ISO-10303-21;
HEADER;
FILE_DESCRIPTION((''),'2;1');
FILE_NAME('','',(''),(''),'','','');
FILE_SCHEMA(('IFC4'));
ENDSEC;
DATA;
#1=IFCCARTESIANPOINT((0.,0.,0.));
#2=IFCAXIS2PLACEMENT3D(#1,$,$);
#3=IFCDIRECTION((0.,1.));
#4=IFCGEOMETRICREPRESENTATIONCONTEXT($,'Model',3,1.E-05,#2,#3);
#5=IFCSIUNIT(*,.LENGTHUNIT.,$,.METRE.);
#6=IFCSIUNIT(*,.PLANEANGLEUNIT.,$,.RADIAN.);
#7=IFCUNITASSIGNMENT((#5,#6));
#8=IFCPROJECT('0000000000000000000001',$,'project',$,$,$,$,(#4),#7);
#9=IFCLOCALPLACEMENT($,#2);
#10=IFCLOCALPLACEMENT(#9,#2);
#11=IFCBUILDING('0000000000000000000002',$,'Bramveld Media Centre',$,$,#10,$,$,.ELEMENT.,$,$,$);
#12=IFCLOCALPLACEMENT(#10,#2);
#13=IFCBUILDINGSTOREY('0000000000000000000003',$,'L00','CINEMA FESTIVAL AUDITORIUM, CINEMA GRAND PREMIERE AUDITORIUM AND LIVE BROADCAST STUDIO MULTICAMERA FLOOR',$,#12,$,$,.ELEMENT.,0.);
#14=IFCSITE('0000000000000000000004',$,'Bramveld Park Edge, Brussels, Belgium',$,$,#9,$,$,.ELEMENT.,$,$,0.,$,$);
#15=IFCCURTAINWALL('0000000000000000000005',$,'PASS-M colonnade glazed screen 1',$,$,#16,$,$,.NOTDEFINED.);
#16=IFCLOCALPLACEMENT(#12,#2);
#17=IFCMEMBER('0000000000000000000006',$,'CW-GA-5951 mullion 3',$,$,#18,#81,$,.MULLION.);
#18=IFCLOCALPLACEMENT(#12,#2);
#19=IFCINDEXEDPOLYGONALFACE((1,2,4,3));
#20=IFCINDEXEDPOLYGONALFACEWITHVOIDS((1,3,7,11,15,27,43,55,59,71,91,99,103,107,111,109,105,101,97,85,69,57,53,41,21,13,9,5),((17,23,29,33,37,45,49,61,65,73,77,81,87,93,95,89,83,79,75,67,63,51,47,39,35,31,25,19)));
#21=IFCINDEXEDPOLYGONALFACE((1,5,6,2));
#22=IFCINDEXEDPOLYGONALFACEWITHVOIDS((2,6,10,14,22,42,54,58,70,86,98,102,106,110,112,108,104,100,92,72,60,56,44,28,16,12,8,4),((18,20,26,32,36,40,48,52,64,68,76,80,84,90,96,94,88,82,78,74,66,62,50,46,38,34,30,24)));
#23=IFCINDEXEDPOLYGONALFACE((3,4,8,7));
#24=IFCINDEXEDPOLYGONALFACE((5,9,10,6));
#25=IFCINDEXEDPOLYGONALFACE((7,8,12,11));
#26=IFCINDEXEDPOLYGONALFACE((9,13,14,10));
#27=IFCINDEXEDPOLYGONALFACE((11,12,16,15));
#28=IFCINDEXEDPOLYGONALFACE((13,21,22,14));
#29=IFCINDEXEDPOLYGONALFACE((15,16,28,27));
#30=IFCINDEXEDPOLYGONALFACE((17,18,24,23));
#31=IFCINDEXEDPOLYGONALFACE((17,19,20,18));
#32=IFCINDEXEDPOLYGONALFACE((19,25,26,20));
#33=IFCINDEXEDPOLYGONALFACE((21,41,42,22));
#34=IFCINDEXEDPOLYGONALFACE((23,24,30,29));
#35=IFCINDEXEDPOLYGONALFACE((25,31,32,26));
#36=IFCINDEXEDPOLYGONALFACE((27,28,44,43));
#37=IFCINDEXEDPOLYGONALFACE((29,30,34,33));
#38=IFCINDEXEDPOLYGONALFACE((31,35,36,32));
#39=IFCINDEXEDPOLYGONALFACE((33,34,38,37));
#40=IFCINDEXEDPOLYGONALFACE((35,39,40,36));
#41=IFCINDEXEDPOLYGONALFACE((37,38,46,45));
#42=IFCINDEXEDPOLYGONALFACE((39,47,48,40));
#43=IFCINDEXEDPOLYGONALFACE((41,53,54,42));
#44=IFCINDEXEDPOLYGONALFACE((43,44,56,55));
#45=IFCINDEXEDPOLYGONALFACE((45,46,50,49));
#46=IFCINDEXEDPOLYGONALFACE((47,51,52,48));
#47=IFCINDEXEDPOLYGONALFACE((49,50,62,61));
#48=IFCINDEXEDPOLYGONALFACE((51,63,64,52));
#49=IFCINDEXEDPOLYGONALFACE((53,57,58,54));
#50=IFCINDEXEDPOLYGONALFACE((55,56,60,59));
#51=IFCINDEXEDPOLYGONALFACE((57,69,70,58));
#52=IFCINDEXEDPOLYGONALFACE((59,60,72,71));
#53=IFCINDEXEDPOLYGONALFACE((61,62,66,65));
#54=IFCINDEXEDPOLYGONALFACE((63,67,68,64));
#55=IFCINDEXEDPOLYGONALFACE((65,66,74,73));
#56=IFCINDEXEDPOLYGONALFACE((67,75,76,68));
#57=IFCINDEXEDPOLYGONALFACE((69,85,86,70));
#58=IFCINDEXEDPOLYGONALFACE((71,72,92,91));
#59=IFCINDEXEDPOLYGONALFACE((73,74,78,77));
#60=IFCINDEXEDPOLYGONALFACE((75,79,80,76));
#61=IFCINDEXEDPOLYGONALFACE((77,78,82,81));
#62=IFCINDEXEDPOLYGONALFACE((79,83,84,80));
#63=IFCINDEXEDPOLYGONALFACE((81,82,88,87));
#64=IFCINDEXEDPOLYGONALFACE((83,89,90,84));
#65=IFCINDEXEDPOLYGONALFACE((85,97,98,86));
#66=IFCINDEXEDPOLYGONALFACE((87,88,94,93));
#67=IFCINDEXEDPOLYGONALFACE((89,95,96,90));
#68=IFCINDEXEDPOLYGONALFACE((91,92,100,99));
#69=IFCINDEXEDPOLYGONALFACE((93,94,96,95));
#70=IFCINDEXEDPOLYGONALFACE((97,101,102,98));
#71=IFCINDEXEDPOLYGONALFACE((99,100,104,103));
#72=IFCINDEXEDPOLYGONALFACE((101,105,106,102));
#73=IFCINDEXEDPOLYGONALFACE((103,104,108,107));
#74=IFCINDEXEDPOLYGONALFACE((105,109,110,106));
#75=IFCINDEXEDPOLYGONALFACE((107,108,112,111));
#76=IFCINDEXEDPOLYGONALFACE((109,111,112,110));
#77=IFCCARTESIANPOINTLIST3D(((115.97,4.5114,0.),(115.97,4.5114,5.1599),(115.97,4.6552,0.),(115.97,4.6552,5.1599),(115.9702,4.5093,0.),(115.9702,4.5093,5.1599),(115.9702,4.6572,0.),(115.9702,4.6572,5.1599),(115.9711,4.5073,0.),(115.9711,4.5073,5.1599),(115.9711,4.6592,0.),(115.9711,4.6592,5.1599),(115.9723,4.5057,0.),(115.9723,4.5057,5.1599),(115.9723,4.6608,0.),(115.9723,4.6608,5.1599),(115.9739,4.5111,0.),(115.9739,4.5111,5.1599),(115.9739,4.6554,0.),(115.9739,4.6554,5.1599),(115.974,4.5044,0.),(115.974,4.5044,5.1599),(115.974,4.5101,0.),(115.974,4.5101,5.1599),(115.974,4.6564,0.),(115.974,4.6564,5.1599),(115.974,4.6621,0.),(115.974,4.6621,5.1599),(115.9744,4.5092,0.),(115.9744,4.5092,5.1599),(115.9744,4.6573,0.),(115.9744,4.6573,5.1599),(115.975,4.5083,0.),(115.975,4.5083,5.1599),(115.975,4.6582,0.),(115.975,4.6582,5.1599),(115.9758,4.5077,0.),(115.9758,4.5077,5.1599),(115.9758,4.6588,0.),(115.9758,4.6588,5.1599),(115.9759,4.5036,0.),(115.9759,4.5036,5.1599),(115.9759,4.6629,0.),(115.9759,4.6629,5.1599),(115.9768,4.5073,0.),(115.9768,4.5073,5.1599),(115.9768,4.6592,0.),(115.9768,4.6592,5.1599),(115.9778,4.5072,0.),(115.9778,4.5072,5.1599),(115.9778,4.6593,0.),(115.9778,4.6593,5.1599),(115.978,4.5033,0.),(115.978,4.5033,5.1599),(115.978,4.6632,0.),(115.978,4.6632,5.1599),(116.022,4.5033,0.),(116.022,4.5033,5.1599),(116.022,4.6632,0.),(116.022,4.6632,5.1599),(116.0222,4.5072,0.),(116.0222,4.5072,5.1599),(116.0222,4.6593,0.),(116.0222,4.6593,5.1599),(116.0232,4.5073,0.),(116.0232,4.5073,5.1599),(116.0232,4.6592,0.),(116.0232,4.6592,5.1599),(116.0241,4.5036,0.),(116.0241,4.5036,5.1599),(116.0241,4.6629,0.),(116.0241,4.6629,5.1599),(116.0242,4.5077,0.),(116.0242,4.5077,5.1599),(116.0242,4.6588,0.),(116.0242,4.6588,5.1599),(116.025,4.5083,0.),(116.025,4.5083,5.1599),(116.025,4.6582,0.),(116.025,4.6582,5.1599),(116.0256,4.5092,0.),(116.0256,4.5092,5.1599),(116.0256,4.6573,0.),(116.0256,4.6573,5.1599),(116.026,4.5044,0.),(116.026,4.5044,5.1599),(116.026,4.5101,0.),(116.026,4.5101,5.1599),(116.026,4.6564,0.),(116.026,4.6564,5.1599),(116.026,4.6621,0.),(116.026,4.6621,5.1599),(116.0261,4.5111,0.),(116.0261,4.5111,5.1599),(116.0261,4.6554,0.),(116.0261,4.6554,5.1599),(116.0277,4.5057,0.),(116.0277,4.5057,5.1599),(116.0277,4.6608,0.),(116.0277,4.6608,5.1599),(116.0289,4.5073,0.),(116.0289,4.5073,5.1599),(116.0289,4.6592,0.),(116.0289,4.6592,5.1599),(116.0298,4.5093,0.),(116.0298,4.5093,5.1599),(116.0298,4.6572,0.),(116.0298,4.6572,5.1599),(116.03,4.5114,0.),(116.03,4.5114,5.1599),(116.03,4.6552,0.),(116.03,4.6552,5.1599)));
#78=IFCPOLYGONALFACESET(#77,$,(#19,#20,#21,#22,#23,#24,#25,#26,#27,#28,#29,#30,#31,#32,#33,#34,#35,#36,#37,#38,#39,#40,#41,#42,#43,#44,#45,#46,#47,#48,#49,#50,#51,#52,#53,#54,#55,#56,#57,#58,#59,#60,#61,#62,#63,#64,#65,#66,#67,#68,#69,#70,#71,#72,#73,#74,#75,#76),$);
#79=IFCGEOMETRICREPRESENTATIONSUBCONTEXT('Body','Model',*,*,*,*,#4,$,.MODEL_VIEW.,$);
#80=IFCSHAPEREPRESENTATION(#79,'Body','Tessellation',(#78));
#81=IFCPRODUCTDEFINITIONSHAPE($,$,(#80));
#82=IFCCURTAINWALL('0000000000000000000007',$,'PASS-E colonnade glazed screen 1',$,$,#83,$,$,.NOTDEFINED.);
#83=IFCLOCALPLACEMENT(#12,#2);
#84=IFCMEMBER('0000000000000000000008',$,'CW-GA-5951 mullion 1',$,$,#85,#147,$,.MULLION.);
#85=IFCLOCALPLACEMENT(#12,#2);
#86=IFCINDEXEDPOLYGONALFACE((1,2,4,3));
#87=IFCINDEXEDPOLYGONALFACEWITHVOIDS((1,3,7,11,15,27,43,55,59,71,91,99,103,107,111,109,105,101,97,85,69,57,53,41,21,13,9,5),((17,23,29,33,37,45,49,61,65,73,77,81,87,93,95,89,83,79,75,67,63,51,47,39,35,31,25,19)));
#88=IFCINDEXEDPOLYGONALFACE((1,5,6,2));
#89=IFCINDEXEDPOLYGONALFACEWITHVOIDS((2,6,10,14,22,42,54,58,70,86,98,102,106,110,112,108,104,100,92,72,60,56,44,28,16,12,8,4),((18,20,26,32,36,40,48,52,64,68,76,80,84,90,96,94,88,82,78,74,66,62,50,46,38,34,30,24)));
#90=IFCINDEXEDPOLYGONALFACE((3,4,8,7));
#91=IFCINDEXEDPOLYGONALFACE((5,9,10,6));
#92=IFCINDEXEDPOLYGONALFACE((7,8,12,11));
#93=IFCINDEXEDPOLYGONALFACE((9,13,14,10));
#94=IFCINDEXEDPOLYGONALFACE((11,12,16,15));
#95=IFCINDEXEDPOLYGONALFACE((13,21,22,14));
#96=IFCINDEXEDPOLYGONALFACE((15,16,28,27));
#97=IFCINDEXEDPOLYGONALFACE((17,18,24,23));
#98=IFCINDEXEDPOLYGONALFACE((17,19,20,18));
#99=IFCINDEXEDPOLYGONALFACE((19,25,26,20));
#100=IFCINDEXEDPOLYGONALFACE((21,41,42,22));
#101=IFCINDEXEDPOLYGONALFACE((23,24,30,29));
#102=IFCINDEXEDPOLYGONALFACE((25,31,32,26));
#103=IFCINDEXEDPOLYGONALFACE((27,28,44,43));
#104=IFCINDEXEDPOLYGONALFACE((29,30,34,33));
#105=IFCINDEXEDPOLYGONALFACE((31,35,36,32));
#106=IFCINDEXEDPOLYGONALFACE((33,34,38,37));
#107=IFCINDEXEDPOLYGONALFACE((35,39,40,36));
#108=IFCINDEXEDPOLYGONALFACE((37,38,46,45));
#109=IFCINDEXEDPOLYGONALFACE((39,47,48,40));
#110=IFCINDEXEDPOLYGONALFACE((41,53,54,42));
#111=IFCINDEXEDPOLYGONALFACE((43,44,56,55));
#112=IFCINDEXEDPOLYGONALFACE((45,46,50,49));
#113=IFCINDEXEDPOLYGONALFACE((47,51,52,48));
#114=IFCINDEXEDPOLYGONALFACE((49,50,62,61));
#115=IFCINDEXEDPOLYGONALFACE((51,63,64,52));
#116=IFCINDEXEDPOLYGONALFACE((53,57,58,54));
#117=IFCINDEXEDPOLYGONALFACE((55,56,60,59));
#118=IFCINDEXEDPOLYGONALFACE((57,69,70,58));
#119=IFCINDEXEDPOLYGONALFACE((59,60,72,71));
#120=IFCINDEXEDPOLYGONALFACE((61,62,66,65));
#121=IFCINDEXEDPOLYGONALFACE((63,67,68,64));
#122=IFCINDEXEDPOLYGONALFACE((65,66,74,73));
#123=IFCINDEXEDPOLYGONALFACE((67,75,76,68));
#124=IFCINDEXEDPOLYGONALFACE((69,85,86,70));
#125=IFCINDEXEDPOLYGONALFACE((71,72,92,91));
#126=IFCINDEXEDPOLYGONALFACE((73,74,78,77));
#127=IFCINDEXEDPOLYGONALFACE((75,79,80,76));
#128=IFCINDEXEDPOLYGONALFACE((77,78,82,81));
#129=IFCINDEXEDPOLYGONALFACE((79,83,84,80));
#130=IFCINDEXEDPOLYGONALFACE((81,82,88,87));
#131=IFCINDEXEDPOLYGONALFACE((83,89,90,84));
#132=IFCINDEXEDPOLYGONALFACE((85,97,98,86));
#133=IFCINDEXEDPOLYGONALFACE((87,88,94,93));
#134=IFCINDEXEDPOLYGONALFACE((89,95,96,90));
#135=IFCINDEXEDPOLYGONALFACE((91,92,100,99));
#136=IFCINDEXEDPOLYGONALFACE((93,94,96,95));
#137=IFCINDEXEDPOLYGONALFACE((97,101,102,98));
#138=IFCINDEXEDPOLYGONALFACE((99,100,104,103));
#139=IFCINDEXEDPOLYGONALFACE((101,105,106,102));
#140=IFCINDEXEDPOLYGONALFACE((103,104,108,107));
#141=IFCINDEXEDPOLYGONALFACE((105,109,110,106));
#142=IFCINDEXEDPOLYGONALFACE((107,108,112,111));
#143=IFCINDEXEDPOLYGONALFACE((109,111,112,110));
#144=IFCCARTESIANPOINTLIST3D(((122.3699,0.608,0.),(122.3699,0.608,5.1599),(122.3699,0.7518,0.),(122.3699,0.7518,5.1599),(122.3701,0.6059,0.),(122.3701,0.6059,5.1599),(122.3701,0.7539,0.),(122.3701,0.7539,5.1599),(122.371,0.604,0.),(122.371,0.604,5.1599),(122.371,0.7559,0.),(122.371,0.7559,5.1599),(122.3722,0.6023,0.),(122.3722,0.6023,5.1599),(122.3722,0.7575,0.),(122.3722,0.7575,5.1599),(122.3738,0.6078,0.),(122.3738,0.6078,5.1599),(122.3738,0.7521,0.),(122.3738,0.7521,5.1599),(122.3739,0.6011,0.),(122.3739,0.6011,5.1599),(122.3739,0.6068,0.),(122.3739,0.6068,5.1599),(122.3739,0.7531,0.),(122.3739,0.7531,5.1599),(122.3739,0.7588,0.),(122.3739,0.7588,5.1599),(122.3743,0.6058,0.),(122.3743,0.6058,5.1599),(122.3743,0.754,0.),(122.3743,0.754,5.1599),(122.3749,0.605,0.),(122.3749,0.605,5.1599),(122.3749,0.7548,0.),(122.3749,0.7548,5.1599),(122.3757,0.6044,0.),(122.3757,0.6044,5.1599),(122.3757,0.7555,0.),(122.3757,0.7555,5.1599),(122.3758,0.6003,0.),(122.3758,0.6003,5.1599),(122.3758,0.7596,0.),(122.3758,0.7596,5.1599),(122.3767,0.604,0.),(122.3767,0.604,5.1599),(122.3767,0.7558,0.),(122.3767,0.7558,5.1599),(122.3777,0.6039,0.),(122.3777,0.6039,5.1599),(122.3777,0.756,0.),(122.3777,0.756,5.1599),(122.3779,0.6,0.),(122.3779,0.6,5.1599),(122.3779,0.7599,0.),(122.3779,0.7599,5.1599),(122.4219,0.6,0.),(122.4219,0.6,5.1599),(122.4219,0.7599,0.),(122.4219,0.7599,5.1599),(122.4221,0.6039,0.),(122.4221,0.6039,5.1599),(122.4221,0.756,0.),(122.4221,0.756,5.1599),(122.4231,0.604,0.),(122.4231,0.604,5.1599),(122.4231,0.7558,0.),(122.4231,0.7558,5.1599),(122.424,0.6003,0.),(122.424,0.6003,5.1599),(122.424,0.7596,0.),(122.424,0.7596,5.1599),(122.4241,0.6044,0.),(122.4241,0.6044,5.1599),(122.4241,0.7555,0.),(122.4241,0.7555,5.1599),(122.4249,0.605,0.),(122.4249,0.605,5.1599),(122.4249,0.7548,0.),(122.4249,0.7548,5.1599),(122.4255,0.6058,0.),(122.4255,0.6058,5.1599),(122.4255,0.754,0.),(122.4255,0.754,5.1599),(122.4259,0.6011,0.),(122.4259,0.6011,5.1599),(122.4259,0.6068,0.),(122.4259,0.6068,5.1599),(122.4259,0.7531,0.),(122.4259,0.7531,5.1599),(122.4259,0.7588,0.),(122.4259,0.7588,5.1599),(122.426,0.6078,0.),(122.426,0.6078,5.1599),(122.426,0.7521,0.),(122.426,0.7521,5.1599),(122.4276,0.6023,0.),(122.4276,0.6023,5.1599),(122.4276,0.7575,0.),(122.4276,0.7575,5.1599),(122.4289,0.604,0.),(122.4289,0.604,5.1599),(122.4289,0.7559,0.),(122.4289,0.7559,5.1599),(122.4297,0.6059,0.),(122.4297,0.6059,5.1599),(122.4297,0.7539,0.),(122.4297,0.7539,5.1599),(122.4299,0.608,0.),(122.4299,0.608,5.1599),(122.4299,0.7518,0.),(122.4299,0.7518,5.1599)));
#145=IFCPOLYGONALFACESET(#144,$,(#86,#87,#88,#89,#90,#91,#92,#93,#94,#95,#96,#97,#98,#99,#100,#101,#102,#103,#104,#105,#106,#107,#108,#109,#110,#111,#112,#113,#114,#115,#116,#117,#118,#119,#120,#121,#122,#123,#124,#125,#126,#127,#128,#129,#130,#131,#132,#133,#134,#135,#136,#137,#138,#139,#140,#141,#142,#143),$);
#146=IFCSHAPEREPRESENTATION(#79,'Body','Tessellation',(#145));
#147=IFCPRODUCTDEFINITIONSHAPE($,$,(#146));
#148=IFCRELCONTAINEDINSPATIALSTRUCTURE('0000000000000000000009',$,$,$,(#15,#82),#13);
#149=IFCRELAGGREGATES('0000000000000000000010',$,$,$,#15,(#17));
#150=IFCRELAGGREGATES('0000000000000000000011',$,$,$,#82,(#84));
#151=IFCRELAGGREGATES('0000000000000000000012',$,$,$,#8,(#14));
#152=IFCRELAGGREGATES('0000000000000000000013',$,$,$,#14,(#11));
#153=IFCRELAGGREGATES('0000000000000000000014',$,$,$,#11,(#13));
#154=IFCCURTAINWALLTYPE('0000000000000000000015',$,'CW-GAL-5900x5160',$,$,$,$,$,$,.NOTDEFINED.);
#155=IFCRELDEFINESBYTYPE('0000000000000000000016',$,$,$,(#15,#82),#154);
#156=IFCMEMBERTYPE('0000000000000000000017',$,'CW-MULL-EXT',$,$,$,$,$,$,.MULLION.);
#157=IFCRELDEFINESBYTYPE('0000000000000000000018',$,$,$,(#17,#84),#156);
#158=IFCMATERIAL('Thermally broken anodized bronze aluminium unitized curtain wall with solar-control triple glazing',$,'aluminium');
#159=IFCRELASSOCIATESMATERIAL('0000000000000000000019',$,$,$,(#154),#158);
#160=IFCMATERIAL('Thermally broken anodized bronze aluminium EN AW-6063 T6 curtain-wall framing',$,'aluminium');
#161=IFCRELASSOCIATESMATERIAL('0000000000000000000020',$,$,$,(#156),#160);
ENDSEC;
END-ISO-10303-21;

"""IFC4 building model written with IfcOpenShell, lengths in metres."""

from ifc_helpers import new_model, si_unit, direction, frame, origin, origin_2d, place, context, subcontext, project, spatial, hollow_rectangle, extrude, material, material_profile, profile_set, type_object, element, aggregate, save


model = new_model("IFC4")

# Units and contexts
model_context = context("Model", 3, precision=1e-05, world=origin(), true_north=direction((0.0, 1.0)))
body_context = subcontext(model_context, "Body", "Model", "MODEL_VIEW")
ifc_project = project(units=[si_unit("LENGTHUNIT", "METRE"), si_unit("PLANEANGLEUNIT", "RADIAN")], contexts=[model_context])

# Site, building, storey
site_placement = place(None, origin())
site = spatial("IfcSite", under=ifc_project, at=site_placement, Name="Bramveld Park Edge, Brussels, Belgium", CompositionType="ELEMENT", RefElevation=0.0)
building_placement = place(site_placement, origin())
building = spatial("IfcBuilding", under=site, at=building_placement, Name="Bramveld Media Centre", CompositionType="ELEMENT")
storey_placement = place(building_placement, origin())
storey = spatial("IfcBuildingStorey", under=building, at=storey_placement, Name="L00", Description="CINEMA FESTIVAL AUDITORIUM, CINEMA GRAND PREMIERE AUDITORIUM AND LIVE BROADCAST STUDIO MULTICAMERA FLOOR", CompositionType="ELEMENT", Elevation=0.0)

# Curtain wall, member
ifc_material_1 = material(Name="Thermally broken anodized bronze aluminium unitized curtain wall with solar-control triple glazing", Category="aluminium")
curtain_wall_type = type_object("IfcCurtainWallType", Name="CW-GAL-5900x5160", PredefinedType="NOTDEFINED", material=ifc_material_1)
curtain_wall_1_placement = place(storey_placement, origin())
curtain_wall_1 = element("IfcCurtainWall", 1, at=curtain_wall_1_placement, inside=storey, type_object=curtain_wall_type, Name="PASS-M colonnade glazed screen 1", PredefinedType="NOTDEFINED")
ifc_material_2 = material(Name="Thermally broken anodized bronze aluminium EN AW-6063 T6 curtain-wall framing", Category="aluminium")
ifc_material_profile_1 = material_profile(ifc_material_2, hollow_rectangle(XDim=0.0601, YDim=0.1599, WallThickness=0.0039, InnerFilletRadius=0.0039, OuterFilletRadius=0.0081, at=origin_2d()), Name="AL-MULL 60x160")
ifc_profile_set_1 = profile_set([ifc_material_profile_1], Name="Thermally broken anodized bronze aluminium EN AW-6063 T6 curtain-wall framing")
member_type_1 = type_object("IfcMemberType", Name="CW-MULL-EXT", PredefinedType="MULLION", material=ifc_profile_set_1)
member_1_placement = place(storey_placement, frame((116.0, 4.5833, 0.0), z_axis=(0.0, 0.0, 1.0), x_axis=(-1.0, 0.0, 0.0)))
member_1 = element("IfcMember", 2, at=member_1_placement, type_object=member_type_1, Name="CW-GA-5951 mullion 3", PredefinedType="MULLION", context=body_context, shape_type="SweptSolid", body=[
    extrude(hollow_rectangle(XDim=0.0601, YDim=0.1599, WallThickness=0.0039, InnerFilletRadius=0.0039, OuterFilletRadius=0.0081, at=origin_2d()), origin(), (0.0, 0.0, 1.0), 5.1599),
])

# Curtain wall, member
curtain_wall_2_placement = place(storey_placement, origin())
curtain_wall_2 = element("IfcCurtainWall", 3, at=curtain_wall_2_placement, inside=storey, type_object=curtain_wall_type, Name="PASS-E colonnade glazed screen 1", PredefinedType="NOTDEFINED")
member_2_placement = place(storey_placement, frame((122.3999, 0.6799, 0.0), z_axis=(0.0, 0.0, 1.0), x_axis=(-1.0, 0.0, 0.0)))
member_2 = element("IfcMember", 4, at=member_2_placement, type_object=member_type_1, Name="CW-GA-5951 mullion 1", PredefinedType="MULLION", context=body_context, shape_type="SweptSolid", body=[
    extrude(hollow_rectangle(XDim=0.0601, YDim=0.1599, WallThickness=0.0039, InnerFilletRadius=0.0039, OuterFilletRadius=0.0081, at=origin_2d()), origin(), (0.0, 0.0, 1.0), 5.1599),
])

aggregate(curtain_wall_1, [member_1])
aggregate(curtain_wall_2, [member_2])

save(model, "model.ifc")
